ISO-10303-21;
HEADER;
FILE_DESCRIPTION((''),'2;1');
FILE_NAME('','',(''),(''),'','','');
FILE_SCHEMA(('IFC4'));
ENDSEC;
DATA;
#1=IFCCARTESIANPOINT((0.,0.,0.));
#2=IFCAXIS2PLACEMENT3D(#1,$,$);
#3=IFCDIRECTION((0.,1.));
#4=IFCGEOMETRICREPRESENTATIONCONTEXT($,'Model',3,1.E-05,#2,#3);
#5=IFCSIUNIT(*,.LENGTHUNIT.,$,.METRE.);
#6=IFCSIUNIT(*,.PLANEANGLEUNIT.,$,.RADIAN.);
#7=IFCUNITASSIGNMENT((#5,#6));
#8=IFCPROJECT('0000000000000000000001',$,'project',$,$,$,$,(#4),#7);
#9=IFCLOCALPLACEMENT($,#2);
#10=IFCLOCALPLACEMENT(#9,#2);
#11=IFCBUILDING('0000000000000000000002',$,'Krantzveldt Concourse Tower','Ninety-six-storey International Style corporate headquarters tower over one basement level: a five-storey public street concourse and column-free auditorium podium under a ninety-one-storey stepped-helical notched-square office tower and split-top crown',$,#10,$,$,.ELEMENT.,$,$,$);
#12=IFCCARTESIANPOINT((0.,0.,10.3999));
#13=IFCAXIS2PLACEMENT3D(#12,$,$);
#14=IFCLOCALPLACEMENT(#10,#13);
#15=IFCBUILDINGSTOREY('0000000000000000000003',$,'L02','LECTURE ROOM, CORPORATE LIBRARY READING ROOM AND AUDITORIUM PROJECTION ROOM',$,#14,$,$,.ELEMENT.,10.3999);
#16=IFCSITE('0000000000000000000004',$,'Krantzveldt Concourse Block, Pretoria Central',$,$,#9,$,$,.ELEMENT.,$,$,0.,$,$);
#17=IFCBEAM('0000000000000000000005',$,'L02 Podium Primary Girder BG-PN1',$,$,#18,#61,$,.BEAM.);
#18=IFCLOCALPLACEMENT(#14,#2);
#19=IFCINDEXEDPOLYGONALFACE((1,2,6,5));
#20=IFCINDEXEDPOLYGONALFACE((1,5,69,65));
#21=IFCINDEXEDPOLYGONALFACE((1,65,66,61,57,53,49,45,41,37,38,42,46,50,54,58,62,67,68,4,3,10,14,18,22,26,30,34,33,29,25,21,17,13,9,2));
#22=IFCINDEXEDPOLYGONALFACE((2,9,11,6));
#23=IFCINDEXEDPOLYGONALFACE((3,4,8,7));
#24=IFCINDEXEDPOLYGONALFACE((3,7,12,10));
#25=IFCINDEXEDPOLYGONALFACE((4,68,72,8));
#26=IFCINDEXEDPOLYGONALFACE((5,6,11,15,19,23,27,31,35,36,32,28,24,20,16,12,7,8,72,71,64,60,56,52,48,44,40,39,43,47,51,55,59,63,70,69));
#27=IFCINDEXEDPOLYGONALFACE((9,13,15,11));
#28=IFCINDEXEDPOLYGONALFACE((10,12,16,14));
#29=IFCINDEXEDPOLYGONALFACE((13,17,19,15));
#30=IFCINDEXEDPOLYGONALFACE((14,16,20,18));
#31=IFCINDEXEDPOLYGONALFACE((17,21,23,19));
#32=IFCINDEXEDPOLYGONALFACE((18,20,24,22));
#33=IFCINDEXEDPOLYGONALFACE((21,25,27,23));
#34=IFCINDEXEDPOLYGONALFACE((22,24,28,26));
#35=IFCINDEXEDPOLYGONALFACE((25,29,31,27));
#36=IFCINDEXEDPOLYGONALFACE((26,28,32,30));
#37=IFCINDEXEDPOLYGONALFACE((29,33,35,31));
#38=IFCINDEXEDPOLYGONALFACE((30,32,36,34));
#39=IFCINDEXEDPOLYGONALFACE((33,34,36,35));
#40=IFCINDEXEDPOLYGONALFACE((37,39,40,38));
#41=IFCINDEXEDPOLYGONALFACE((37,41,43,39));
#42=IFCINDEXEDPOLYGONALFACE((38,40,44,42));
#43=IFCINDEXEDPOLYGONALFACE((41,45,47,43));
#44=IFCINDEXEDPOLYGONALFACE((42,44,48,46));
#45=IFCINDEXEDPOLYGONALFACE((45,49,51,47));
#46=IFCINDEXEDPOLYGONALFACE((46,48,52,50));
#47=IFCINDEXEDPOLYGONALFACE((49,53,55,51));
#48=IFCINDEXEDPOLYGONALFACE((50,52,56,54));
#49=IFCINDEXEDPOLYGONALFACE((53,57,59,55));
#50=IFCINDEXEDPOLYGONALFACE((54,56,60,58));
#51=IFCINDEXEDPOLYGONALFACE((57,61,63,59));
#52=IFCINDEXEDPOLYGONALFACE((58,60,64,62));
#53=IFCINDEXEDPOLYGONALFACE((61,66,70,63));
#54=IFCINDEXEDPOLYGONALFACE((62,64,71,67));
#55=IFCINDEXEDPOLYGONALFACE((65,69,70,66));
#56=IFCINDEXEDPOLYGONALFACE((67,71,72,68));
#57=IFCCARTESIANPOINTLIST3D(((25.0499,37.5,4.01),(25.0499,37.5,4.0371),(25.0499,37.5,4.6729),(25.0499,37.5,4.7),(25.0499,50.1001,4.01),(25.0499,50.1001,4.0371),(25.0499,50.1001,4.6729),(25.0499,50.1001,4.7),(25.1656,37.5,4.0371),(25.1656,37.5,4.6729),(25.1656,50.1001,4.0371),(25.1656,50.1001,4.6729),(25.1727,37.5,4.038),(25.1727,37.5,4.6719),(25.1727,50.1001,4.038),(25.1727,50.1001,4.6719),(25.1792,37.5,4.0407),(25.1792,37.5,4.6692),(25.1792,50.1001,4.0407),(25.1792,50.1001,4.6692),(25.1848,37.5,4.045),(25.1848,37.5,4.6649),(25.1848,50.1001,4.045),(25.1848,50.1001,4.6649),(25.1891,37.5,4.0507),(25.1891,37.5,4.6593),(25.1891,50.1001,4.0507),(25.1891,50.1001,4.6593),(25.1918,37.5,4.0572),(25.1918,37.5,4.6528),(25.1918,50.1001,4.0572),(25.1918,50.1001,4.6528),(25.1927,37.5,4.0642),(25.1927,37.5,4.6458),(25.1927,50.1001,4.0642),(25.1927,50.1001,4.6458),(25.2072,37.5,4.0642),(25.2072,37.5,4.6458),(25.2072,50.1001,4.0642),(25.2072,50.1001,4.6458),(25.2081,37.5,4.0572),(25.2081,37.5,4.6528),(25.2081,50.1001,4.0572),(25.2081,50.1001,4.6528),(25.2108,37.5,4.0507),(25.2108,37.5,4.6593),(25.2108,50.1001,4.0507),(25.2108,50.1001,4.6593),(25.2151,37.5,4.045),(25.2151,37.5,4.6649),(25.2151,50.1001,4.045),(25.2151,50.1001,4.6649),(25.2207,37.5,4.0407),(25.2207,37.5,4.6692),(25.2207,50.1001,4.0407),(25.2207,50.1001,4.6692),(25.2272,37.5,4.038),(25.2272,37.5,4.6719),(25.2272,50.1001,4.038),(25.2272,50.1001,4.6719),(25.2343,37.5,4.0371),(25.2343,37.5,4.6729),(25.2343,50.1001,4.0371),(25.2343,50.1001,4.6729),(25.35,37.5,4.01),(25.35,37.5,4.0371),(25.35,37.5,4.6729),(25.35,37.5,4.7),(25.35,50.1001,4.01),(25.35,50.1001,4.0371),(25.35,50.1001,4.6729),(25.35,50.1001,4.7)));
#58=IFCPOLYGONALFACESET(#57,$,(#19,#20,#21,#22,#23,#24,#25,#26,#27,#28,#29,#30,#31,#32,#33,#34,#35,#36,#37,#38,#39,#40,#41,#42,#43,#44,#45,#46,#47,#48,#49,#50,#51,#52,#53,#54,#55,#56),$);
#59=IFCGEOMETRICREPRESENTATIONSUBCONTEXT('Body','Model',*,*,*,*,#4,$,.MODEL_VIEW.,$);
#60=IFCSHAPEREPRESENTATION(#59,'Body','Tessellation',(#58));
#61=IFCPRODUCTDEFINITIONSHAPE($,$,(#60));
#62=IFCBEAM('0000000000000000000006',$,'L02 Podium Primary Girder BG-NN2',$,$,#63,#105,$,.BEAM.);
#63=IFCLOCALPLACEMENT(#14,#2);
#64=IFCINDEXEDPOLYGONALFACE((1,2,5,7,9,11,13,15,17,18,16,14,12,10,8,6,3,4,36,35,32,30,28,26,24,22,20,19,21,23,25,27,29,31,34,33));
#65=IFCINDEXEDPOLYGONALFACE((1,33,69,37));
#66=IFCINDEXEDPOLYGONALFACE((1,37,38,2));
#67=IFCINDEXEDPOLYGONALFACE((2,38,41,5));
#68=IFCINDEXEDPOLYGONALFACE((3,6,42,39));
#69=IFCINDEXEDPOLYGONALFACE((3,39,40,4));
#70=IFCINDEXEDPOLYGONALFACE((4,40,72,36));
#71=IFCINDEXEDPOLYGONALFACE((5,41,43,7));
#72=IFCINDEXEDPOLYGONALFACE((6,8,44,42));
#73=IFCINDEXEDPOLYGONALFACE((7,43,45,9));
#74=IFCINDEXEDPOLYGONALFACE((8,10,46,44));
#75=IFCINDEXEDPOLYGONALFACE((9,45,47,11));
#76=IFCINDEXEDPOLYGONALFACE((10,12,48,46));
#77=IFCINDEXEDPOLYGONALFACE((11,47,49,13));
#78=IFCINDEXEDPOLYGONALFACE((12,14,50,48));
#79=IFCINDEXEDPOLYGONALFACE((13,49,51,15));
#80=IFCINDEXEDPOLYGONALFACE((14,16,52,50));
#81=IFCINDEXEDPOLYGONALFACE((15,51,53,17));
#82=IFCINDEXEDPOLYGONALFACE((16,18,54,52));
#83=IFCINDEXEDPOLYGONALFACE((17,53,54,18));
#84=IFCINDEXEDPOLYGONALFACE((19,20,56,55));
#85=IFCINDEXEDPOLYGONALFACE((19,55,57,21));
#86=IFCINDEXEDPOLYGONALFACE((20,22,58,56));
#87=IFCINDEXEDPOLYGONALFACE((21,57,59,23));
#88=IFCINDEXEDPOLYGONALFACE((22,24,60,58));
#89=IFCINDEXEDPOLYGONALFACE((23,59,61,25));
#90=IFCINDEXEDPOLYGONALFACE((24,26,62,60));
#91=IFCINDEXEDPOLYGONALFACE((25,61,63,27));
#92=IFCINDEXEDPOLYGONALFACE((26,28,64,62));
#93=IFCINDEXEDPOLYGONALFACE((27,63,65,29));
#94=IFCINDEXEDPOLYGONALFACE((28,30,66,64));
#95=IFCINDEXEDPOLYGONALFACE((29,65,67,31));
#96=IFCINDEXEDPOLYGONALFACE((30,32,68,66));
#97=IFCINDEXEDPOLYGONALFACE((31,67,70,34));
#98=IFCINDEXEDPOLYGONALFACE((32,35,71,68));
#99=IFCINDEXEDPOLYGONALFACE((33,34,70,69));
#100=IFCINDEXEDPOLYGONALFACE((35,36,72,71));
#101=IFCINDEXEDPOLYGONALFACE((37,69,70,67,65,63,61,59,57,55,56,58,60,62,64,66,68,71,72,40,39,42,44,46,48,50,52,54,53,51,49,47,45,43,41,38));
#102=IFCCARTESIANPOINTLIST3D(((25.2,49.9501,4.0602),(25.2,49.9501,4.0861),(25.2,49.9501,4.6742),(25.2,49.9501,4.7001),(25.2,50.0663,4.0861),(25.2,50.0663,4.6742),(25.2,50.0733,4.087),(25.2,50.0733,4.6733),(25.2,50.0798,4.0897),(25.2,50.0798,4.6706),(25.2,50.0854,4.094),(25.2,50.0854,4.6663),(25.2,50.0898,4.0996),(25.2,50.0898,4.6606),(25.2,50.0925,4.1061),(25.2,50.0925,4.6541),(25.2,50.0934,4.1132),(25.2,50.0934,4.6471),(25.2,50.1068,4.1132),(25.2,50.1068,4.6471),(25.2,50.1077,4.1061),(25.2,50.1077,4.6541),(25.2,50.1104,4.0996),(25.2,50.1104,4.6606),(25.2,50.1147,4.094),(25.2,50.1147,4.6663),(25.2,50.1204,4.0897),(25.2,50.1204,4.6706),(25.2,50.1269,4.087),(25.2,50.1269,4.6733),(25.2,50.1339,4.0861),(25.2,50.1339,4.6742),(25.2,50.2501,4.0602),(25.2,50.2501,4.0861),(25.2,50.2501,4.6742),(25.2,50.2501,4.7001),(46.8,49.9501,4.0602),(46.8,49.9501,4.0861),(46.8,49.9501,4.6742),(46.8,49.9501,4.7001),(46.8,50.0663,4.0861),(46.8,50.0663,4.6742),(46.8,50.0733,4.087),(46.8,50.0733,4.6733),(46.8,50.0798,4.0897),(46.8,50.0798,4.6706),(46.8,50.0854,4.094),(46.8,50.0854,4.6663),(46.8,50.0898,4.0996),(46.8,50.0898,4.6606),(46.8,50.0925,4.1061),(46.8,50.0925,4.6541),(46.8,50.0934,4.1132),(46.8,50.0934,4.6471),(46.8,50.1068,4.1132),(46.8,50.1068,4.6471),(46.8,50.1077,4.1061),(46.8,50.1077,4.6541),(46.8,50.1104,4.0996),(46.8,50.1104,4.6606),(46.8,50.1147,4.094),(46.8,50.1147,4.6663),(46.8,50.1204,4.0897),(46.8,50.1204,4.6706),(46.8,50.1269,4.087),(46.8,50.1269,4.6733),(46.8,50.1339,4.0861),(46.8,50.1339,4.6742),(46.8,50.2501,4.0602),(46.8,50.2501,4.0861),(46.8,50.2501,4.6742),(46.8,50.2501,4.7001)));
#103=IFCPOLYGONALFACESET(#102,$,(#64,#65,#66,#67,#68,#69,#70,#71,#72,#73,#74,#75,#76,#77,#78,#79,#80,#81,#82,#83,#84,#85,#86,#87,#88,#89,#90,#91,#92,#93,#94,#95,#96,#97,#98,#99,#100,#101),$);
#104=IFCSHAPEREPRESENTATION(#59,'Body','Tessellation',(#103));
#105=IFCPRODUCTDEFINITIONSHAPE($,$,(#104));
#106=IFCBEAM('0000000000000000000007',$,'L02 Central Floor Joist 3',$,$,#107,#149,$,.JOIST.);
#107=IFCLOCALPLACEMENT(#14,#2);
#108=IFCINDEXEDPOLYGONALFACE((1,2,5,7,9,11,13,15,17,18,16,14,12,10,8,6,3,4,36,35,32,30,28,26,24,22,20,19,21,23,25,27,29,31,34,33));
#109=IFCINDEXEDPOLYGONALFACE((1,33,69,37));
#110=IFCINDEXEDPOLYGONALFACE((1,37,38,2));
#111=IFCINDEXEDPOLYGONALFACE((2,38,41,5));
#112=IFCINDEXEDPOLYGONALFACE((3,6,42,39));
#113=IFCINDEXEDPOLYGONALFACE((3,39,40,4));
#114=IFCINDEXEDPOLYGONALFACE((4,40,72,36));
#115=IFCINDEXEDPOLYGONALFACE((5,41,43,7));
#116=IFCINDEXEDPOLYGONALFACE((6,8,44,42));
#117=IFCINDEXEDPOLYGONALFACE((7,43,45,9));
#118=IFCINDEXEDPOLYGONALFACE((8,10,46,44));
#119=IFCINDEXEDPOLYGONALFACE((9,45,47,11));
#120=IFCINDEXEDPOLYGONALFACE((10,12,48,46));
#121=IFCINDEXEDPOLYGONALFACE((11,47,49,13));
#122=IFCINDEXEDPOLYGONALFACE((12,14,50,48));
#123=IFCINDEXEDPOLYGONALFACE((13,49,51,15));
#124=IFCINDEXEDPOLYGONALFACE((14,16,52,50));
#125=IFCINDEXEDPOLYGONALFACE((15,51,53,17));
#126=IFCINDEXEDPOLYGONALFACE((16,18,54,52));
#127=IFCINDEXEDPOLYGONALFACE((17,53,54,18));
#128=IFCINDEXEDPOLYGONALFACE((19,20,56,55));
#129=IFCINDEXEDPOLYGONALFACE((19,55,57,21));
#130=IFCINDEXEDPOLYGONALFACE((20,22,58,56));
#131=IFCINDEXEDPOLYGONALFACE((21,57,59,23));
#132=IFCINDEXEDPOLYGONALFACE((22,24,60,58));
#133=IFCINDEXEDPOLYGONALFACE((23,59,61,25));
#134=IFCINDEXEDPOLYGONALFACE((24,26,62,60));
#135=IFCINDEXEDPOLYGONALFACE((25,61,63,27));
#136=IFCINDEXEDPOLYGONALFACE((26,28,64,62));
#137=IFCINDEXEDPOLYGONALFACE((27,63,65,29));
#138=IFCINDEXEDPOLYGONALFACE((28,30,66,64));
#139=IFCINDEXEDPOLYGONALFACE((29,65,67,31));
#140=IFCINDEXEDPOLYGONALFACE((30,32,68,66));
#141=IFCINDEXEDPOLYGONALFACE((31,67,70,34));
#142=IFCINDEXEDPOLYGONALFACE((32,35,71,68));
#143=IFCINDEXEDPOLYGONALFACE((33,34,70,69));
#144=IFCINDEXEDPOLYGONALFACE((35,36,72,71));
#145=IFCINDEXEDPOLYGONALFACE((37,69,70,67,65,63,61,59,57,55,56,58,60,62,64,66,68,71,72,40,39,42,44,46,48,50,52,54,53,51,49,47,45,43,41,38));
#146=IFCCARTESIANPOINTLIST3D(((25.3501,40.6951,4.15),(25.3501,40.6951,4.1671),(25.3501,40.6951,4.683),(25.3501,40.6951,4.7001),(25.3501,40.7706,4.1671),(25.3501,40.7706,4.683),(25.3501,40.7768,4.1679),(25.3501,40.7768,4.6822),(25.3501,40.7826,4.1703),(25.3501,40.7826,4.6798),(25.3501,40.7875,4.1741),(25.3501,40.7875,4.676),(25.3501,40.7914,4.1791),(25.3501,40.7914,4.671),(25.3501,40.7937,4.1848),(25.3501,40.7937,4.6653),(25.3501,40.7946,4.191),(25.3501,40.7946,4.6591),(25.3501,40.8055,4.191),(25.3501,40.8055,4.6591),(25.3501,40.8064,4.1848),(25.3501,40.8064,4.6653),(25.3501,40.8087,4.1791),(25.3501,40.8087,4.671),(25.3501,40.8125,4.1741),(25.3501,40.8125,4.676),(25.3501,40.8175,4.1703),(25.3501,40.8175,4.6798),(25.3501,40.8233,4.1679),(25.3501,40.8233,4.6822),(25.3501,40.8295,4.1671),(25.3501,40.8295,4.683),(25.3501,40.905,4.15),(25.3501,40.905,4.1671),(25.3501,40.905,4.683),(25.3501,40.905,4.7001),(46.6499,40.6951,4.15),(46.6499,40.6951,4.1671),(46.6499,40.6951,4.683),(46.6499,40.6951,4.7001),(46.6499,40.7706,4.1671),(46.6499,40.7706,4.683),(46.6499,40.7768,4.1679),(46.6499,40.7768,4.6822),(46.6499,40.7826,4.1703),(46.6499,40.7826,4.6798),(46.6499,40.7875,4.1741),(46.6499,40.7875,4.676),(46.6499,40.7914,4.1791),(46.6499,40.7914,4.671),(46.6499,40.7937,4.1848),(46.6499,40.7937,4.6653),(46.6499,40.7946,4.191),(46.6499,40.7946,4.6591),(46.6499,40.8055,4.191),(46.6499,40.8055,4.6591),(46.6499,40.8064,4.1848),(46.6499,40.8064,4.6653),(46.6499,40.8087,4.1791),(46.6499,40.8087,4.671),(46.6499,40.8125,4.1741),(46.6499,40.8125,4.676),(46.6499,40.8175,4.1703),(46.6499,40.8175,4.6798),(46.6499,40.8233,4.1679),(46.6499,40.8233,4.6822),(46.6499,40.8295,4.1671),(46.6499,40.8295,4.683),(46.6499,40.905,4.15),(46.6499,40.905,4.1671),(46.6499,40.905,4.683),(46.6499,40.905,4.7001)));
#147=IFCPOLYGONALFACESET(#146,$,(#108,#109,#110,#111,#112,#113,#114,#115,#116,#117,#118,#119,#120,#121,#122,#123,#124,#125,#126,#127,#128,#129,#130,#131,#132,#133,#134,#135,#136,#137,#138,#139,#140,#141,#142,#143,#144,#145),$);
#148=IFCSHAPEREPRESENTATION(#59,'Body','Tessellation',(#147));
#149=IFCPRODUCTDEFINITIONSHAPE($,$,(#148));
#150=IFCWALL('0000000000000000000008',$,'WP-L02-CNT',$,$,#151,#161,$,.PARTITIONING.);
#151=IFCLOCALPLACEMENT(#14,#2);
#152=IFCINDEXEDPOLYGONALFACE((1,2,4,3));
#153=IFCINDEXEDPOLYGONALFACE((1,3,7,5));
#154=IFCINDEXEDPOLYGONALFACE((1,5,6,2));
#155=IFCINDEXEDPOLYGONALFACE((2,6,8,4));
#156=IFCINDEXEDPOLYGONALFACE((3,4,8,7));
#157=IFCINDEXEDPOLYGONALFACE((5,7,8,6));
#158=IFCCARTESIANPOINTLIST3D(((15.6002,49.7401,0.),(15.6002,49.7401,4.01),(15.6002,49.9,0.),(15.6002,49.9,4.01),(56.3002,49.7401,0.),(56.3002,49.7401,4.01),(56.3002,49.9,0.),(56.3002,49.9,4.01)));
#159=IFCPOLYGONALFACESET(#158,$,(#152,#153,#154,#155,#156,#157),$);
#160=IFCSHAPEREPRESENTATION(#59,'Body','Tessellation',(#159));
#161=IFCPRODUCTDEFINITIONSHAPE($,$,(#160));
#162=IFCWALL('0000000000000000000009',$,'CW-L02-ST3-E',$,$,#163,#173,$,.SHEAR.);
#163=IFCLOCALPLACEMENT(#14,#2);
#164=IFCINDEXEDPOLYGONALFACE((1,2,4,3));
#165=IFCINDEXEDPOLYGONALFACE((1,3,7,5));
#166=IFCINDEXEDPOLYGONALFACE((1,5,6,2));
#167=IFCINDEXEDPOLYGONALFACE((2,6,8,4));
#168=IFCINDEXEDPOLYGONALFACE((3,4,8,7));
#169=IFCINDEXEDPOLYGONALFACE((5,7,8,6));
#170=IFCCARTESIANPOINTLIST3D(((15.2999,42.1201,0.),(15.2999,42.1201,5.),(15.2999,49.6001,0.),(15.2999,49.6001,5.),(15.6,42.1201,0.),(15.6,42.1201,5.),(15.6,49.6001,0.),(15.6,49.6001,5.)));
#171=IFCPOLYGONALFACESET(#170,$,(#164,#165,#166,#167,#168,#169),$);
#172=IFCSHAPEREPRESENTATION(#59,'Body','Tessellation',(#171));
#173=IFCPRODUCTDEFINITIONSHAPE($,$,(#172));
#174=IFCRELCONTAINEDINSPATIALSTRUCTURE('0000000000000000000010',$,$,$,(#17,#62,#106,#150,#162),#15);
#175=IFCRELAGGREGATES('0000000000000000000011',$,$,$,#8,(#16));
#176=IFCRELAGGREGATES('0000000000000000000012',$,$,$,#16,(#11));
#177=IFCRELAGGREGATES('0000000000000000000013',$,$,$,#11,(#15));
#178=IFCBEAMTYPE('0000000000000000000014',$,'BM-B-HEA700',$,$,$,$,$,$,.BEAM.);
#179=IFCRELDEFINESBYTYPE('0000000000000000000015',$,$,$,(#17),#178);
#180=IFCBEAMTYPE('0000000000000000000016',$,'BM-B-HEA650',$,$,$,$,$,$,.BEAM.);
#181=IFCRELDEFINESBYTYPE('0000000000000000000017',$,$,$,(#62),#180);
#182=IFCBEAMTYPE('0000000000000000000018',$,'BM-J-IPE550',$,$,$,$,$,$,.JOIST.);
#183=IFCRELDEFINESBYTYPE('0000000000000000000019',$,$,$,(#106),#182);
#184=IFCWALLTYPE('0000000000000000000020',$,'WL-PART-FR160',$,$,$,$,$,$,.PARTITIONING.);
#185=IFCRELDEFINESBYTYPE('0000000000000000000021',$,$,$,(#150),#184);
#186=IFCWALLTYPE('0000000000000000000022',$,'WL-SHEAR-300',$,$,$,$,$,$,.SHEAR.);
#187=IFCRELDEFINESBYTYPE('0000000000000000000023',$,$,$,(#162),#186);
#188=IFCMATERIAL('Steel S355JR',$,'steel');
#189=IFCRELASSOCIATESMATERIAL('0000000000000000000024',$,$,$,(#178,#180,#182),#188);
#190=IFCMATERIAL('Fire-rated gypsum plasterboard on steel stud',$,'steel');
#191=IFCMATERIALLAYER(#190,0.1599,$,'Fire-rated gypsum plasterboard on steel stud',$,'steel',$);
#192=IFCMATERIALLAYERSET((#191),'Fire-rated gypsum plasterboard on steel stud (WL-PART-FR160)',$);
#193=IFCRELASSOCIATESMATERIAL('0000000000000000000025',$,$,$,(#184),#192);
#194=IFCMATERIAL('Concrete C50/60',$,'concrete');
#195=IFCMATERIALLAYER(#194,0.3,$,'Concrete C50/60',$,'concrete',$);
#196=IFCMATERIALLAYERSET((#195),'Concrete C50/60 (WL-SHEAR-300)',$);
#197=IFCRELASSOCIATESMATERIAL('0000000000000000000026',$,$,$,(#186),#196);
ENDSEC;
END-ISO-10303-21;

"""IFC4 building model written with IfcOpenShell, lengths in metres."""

from ifc_helpers import new_model, si_unit, direction, frame, frame_2d, origin, origin_2d, place, context, subcontext, project, spatial, rectangle, i_section, extrude, source, transform, mapped, material, layer, layer_set, material_profile, profile_set, type_object, type_shapes, element, save


model = new_model("IFC4")

# Units and contexts
model_context = context("Model", 3, precision=1e-05, world=origin(), true_north=direction((0.0, 1.0)))
body_context = subcontext(model_context, "Body", "Model", "MODEL_VIEW")
ifc_project = project(units=[si_unit("LENGTHUNIT", "METRE"), si_unit("PLANEANGLEUNIT", "RADIAN")], contexts=[model_context])

# Site, building, storey
site_placement = place(None, origin())
site = spatial("IfcSite", under=ifc_project, at=site_placement, Name="Krantzveldt Concourse Block, Pretoria Central", CompositionType="ELEMENT", RefElevation=0.0)
building_placement = place(site_placement, origin())
building = spatial("IfcBuilding", under=site, at=building_placement, Name="Krantzveldt Concourse Tower", Description="Ninety-six-storey International Style corporate headquarters tower over one basement level: a five-storey public street concourse and column-free auditorium podium under a ninety-one-storey stepped-helical notched-square office tower and split-top crown", CompositionType="ELEMENT")
storey_placement = place(building_placement, frame((0.0, 0.0, 10.3999)))
storey = spatial("IfcBuildingStorey", under=building, at=storey_placement, Name="L02", Description="LECTURE ROOM, CORPORATE LIBRARY READING ROOM AND AUDITORIUM PROJECTION ROOM", CompositionType="ELEMENT", Elevation=10.3999)

# Shared definitions
ifc_material_1 = material(Name="Concrete C50/60", Category="concrete")

# Beams
ifc_material_2 = material(Name="Steel S355JR", Category="steel")
ifc_material_profile_1 = material_profile(ifc_material_2, i_section(OverallWidth=0.3, OverallDepth=0.6899, WebThickness=0.0144, FlangeThickness=0.0271, FilletRadius=0.0271, at=origin_2d()), Name="Steel S355JR", Category="steel")
ifc_profile_set_1 = profile_set([ifc_material_profile_1], Name="Steel S355JR - HEA 700")
beam_type_1 = type_object("IfcBeamType", Name="BM-B-HEA700", PredefinedType="BEAM", material=ifc_profile_set_1)
shared_shape_1 = source(origin(), body_context, "Body", "SweptSolid", [
    extrude(i_section(OverallWidth=0.3, OverallDepth=0.6899, WebThickness=0.0144, FlangeThickness=0.0271, FilletRadius=0.0271, at=origin_2d()), origin(), (0.0, 0.0, 1.0), 12.6001),
])
type_shapes(beam_type_1, [shared_shape_1])
beam_1_placement = place(storey_placement, frame((25.2, 37.5, 4.355), z_axis=(0.0, 1.0, 0.0), x_axis=(-1.0, 0.0, 0.0)))
element("IfcBeam", 1, at=beam_1_placement, inside=storey, type_object=beam_type_1, Name="L02 Podium Primary Girder BG-PN1", PredefinedType="BEAM", context=body_context, shape_type="MappedRepresentation", body=[
    mapped(shared_shape_1, transform((0.0, 0.0, 0.0), x_axis=(1.0, 0.0, 0.0), y_axis=(0.0, 1.0, 0.0), z_axis=(0.0, 0.0, 1.0), scale=1.0)),
])
ifc_material_profile_2 = material_profile(ifc_material_2, i_section(OverallWidth=0.3, OverallDepth=0.6399, WebThickness=0.0134, FlangeThickness=0.0259, FilletRadius=0.0271, at=origin_2d()), Name="Steel S355JR", Category="steel")
ifc_profile_set_2 = profile_set([ifc_material_profile_2], Name="Steel S355JR - HEA 650")
beam_type_2 = type_object("IfcBeamType", Name="BM-B-HEA650", PredefinedType="BEAM", material=ifc_profile_set_2)
shared_shape_2 = source(origin(), body_context, "Body", "SweptSolid", [
    extrude(i_section(OverallWidth=0.3, OverallDepth=0.6399, WebThickness=0.0134, FlangeThickness=0.0259, FilletRadius=0.0271, at=origin_2d()), origin(), (0.0, 0.0, 1.0), 21.6001),
])
type_shapes(beam_type_2, [shared_shape_2])
beam_2_placement = place(storey_placement, frame((25.2, 50.1001, 4.3801), z_axis=(1.0, 0.0, 0.0), x_axis=(0.0, 1.0, 0.0)))
element("IfcBeam", 2, at=beam_2_placement, inside=storey, type_object=beam_type_2, Name="L02 Podium Primary Girder BG-NN2", PredefinedType="BEAM", context=body_context, shape_type="MappedRepresentation", body=[
    mapped(shared_shape_2, transform((0.0, 0.0, 0.0), x_axis=(1.0, 0.0, 0.0), y_axis=(0.0, 1.0, 0.0), z_axis=(0.0, 0.0, 1.0), scale=1.0)),
])
ifc_material_profile_3 = material_profile(ifc_material_2, i_section(OverallWidth=0.21, OverallDepth=0.55, WebThickness=0.011, FlangeThickness=0.0171, FilletRadius=0.0239, at=origin_2d()), Name="Steel S355JR", Category="steel")
ifc_profile_set_3 = profile_set([ifc_material_profile_3], Name="Steel S355JR - IPE 550")
beam_type_3 = type_object("IfcBeamType", Name="BM-J-IPE550", PredefinedType="JOIST", material=ifc_profile_set_3)
shared_shape_3 = source(origin(), body_context, "Body", "SweptSolid", [
    extrude(i_section(OverallWidth=0.21, OverallDepth=0.55, WebThickness=0.011, FlangeThickness=0.0171, FilletRadius=0.0239, at=origin_2d()), origin(), (0.0, 0.0, 1.0), 21.2998),
])
type_shapes(beam_type_3, [shared_shape_3])
beam_3_placement = place(storey_placement, frame((25.3501, 40.8, 4.425), z_axis=(1.0, 0.0, 0.0), x_axis=(0.0, 1.0, 0.0)))
element("IfcBeam", 3, at=beam_3_placement, inside=storey, type_object=beam_type_3, Name="L02 Central Floor Joist 3", PredefinedType="JOIST", context=body_context, shape_type="MappedRepresentation", body=[
    mapped(shared_shape_3, transform((0.0, 0.0, 0.0), x_axis=(1.0, 0.0, 0.0), y_axis=(0.0, 1.0, 0.0), z_axis=(0.0, 0.0, 1.0), scale=1.0)),
])

# Wall
ifc_material_3 = material(Name="Fire-rated gypsum plasterboard on steel stud", Category="steel")
ifc_layer_1 = layer(ifc_material_3, 0.1599, Name="Fire-rated gypsum plasterboard on steel stud", Category="steel")
ifc_layer_set_1 = layer_set([ifc_layer_1], Name="Fire-rated gypsum plasterboard on steel stud (WL-PART-FR160)")
wall_type_1 = type_object("IfcWallType", Name="WL-PART-FR160", PredefinedType="PARTITIONING", material=ifc_layer_set_1)
wall_1_placement = place(storey_placement, frame((15.6001, 49.8201, 0.0), z_axis=(0.0, 0.0, 1.0), x_axis=(1.0, 0.0, 0.0)))
element("IfcWall", 4, at=wall_1_placement, inside=storey, type_object=wall_type_1, Name="WP-L02-CNT", PredefinedType="PARTITIONING", context=body_context, shape_type="SweptSolid", body=[
    extrude(rectangle(XDim=40.7, YDim=0.1599, at=frame_2d((20.3501, 0.0))), origin(), (0.0, 0.0, 1.0), 4.01),
])

# Shared definitions
ifc_layer_2 = layer(ifc_material_1, 0.3, Name="Concrete C50/60", Category="concrete")
ifc_layer_set_2 = layer_set([ifc_layer_2], Name="Concrete C50/60 (WL-SHEAR-300)")
wall_type_2 = type_object("IfcWallType", Name="WL-SHEAR-300", PredefinedType="SHEAR", material=ifc_layer_set_2)

# Wall
wall_2_placement = place(storey_placement, frame((15.45, 42.1201, 0.0), z_axis=(0.0, 0.0, 1.0), x_axis=(0.0, 1.0, 0.0)))
element("IfcWall", 5, at=wall_2_placement, inside=storey, type_object=wall_type_2, Name="CW-L02-ST3-E", PredefinedType="SHEAR", context=body_context, shape_type="SweptSolid", body=[
    extrude(rectangle(XDim=7.48, YDim=0.3, at=frame_2d((3.74, 0.0))), origin(), (0.0, 0.0, 1.0), 5.0),
])

save(model, "model.ifc")
